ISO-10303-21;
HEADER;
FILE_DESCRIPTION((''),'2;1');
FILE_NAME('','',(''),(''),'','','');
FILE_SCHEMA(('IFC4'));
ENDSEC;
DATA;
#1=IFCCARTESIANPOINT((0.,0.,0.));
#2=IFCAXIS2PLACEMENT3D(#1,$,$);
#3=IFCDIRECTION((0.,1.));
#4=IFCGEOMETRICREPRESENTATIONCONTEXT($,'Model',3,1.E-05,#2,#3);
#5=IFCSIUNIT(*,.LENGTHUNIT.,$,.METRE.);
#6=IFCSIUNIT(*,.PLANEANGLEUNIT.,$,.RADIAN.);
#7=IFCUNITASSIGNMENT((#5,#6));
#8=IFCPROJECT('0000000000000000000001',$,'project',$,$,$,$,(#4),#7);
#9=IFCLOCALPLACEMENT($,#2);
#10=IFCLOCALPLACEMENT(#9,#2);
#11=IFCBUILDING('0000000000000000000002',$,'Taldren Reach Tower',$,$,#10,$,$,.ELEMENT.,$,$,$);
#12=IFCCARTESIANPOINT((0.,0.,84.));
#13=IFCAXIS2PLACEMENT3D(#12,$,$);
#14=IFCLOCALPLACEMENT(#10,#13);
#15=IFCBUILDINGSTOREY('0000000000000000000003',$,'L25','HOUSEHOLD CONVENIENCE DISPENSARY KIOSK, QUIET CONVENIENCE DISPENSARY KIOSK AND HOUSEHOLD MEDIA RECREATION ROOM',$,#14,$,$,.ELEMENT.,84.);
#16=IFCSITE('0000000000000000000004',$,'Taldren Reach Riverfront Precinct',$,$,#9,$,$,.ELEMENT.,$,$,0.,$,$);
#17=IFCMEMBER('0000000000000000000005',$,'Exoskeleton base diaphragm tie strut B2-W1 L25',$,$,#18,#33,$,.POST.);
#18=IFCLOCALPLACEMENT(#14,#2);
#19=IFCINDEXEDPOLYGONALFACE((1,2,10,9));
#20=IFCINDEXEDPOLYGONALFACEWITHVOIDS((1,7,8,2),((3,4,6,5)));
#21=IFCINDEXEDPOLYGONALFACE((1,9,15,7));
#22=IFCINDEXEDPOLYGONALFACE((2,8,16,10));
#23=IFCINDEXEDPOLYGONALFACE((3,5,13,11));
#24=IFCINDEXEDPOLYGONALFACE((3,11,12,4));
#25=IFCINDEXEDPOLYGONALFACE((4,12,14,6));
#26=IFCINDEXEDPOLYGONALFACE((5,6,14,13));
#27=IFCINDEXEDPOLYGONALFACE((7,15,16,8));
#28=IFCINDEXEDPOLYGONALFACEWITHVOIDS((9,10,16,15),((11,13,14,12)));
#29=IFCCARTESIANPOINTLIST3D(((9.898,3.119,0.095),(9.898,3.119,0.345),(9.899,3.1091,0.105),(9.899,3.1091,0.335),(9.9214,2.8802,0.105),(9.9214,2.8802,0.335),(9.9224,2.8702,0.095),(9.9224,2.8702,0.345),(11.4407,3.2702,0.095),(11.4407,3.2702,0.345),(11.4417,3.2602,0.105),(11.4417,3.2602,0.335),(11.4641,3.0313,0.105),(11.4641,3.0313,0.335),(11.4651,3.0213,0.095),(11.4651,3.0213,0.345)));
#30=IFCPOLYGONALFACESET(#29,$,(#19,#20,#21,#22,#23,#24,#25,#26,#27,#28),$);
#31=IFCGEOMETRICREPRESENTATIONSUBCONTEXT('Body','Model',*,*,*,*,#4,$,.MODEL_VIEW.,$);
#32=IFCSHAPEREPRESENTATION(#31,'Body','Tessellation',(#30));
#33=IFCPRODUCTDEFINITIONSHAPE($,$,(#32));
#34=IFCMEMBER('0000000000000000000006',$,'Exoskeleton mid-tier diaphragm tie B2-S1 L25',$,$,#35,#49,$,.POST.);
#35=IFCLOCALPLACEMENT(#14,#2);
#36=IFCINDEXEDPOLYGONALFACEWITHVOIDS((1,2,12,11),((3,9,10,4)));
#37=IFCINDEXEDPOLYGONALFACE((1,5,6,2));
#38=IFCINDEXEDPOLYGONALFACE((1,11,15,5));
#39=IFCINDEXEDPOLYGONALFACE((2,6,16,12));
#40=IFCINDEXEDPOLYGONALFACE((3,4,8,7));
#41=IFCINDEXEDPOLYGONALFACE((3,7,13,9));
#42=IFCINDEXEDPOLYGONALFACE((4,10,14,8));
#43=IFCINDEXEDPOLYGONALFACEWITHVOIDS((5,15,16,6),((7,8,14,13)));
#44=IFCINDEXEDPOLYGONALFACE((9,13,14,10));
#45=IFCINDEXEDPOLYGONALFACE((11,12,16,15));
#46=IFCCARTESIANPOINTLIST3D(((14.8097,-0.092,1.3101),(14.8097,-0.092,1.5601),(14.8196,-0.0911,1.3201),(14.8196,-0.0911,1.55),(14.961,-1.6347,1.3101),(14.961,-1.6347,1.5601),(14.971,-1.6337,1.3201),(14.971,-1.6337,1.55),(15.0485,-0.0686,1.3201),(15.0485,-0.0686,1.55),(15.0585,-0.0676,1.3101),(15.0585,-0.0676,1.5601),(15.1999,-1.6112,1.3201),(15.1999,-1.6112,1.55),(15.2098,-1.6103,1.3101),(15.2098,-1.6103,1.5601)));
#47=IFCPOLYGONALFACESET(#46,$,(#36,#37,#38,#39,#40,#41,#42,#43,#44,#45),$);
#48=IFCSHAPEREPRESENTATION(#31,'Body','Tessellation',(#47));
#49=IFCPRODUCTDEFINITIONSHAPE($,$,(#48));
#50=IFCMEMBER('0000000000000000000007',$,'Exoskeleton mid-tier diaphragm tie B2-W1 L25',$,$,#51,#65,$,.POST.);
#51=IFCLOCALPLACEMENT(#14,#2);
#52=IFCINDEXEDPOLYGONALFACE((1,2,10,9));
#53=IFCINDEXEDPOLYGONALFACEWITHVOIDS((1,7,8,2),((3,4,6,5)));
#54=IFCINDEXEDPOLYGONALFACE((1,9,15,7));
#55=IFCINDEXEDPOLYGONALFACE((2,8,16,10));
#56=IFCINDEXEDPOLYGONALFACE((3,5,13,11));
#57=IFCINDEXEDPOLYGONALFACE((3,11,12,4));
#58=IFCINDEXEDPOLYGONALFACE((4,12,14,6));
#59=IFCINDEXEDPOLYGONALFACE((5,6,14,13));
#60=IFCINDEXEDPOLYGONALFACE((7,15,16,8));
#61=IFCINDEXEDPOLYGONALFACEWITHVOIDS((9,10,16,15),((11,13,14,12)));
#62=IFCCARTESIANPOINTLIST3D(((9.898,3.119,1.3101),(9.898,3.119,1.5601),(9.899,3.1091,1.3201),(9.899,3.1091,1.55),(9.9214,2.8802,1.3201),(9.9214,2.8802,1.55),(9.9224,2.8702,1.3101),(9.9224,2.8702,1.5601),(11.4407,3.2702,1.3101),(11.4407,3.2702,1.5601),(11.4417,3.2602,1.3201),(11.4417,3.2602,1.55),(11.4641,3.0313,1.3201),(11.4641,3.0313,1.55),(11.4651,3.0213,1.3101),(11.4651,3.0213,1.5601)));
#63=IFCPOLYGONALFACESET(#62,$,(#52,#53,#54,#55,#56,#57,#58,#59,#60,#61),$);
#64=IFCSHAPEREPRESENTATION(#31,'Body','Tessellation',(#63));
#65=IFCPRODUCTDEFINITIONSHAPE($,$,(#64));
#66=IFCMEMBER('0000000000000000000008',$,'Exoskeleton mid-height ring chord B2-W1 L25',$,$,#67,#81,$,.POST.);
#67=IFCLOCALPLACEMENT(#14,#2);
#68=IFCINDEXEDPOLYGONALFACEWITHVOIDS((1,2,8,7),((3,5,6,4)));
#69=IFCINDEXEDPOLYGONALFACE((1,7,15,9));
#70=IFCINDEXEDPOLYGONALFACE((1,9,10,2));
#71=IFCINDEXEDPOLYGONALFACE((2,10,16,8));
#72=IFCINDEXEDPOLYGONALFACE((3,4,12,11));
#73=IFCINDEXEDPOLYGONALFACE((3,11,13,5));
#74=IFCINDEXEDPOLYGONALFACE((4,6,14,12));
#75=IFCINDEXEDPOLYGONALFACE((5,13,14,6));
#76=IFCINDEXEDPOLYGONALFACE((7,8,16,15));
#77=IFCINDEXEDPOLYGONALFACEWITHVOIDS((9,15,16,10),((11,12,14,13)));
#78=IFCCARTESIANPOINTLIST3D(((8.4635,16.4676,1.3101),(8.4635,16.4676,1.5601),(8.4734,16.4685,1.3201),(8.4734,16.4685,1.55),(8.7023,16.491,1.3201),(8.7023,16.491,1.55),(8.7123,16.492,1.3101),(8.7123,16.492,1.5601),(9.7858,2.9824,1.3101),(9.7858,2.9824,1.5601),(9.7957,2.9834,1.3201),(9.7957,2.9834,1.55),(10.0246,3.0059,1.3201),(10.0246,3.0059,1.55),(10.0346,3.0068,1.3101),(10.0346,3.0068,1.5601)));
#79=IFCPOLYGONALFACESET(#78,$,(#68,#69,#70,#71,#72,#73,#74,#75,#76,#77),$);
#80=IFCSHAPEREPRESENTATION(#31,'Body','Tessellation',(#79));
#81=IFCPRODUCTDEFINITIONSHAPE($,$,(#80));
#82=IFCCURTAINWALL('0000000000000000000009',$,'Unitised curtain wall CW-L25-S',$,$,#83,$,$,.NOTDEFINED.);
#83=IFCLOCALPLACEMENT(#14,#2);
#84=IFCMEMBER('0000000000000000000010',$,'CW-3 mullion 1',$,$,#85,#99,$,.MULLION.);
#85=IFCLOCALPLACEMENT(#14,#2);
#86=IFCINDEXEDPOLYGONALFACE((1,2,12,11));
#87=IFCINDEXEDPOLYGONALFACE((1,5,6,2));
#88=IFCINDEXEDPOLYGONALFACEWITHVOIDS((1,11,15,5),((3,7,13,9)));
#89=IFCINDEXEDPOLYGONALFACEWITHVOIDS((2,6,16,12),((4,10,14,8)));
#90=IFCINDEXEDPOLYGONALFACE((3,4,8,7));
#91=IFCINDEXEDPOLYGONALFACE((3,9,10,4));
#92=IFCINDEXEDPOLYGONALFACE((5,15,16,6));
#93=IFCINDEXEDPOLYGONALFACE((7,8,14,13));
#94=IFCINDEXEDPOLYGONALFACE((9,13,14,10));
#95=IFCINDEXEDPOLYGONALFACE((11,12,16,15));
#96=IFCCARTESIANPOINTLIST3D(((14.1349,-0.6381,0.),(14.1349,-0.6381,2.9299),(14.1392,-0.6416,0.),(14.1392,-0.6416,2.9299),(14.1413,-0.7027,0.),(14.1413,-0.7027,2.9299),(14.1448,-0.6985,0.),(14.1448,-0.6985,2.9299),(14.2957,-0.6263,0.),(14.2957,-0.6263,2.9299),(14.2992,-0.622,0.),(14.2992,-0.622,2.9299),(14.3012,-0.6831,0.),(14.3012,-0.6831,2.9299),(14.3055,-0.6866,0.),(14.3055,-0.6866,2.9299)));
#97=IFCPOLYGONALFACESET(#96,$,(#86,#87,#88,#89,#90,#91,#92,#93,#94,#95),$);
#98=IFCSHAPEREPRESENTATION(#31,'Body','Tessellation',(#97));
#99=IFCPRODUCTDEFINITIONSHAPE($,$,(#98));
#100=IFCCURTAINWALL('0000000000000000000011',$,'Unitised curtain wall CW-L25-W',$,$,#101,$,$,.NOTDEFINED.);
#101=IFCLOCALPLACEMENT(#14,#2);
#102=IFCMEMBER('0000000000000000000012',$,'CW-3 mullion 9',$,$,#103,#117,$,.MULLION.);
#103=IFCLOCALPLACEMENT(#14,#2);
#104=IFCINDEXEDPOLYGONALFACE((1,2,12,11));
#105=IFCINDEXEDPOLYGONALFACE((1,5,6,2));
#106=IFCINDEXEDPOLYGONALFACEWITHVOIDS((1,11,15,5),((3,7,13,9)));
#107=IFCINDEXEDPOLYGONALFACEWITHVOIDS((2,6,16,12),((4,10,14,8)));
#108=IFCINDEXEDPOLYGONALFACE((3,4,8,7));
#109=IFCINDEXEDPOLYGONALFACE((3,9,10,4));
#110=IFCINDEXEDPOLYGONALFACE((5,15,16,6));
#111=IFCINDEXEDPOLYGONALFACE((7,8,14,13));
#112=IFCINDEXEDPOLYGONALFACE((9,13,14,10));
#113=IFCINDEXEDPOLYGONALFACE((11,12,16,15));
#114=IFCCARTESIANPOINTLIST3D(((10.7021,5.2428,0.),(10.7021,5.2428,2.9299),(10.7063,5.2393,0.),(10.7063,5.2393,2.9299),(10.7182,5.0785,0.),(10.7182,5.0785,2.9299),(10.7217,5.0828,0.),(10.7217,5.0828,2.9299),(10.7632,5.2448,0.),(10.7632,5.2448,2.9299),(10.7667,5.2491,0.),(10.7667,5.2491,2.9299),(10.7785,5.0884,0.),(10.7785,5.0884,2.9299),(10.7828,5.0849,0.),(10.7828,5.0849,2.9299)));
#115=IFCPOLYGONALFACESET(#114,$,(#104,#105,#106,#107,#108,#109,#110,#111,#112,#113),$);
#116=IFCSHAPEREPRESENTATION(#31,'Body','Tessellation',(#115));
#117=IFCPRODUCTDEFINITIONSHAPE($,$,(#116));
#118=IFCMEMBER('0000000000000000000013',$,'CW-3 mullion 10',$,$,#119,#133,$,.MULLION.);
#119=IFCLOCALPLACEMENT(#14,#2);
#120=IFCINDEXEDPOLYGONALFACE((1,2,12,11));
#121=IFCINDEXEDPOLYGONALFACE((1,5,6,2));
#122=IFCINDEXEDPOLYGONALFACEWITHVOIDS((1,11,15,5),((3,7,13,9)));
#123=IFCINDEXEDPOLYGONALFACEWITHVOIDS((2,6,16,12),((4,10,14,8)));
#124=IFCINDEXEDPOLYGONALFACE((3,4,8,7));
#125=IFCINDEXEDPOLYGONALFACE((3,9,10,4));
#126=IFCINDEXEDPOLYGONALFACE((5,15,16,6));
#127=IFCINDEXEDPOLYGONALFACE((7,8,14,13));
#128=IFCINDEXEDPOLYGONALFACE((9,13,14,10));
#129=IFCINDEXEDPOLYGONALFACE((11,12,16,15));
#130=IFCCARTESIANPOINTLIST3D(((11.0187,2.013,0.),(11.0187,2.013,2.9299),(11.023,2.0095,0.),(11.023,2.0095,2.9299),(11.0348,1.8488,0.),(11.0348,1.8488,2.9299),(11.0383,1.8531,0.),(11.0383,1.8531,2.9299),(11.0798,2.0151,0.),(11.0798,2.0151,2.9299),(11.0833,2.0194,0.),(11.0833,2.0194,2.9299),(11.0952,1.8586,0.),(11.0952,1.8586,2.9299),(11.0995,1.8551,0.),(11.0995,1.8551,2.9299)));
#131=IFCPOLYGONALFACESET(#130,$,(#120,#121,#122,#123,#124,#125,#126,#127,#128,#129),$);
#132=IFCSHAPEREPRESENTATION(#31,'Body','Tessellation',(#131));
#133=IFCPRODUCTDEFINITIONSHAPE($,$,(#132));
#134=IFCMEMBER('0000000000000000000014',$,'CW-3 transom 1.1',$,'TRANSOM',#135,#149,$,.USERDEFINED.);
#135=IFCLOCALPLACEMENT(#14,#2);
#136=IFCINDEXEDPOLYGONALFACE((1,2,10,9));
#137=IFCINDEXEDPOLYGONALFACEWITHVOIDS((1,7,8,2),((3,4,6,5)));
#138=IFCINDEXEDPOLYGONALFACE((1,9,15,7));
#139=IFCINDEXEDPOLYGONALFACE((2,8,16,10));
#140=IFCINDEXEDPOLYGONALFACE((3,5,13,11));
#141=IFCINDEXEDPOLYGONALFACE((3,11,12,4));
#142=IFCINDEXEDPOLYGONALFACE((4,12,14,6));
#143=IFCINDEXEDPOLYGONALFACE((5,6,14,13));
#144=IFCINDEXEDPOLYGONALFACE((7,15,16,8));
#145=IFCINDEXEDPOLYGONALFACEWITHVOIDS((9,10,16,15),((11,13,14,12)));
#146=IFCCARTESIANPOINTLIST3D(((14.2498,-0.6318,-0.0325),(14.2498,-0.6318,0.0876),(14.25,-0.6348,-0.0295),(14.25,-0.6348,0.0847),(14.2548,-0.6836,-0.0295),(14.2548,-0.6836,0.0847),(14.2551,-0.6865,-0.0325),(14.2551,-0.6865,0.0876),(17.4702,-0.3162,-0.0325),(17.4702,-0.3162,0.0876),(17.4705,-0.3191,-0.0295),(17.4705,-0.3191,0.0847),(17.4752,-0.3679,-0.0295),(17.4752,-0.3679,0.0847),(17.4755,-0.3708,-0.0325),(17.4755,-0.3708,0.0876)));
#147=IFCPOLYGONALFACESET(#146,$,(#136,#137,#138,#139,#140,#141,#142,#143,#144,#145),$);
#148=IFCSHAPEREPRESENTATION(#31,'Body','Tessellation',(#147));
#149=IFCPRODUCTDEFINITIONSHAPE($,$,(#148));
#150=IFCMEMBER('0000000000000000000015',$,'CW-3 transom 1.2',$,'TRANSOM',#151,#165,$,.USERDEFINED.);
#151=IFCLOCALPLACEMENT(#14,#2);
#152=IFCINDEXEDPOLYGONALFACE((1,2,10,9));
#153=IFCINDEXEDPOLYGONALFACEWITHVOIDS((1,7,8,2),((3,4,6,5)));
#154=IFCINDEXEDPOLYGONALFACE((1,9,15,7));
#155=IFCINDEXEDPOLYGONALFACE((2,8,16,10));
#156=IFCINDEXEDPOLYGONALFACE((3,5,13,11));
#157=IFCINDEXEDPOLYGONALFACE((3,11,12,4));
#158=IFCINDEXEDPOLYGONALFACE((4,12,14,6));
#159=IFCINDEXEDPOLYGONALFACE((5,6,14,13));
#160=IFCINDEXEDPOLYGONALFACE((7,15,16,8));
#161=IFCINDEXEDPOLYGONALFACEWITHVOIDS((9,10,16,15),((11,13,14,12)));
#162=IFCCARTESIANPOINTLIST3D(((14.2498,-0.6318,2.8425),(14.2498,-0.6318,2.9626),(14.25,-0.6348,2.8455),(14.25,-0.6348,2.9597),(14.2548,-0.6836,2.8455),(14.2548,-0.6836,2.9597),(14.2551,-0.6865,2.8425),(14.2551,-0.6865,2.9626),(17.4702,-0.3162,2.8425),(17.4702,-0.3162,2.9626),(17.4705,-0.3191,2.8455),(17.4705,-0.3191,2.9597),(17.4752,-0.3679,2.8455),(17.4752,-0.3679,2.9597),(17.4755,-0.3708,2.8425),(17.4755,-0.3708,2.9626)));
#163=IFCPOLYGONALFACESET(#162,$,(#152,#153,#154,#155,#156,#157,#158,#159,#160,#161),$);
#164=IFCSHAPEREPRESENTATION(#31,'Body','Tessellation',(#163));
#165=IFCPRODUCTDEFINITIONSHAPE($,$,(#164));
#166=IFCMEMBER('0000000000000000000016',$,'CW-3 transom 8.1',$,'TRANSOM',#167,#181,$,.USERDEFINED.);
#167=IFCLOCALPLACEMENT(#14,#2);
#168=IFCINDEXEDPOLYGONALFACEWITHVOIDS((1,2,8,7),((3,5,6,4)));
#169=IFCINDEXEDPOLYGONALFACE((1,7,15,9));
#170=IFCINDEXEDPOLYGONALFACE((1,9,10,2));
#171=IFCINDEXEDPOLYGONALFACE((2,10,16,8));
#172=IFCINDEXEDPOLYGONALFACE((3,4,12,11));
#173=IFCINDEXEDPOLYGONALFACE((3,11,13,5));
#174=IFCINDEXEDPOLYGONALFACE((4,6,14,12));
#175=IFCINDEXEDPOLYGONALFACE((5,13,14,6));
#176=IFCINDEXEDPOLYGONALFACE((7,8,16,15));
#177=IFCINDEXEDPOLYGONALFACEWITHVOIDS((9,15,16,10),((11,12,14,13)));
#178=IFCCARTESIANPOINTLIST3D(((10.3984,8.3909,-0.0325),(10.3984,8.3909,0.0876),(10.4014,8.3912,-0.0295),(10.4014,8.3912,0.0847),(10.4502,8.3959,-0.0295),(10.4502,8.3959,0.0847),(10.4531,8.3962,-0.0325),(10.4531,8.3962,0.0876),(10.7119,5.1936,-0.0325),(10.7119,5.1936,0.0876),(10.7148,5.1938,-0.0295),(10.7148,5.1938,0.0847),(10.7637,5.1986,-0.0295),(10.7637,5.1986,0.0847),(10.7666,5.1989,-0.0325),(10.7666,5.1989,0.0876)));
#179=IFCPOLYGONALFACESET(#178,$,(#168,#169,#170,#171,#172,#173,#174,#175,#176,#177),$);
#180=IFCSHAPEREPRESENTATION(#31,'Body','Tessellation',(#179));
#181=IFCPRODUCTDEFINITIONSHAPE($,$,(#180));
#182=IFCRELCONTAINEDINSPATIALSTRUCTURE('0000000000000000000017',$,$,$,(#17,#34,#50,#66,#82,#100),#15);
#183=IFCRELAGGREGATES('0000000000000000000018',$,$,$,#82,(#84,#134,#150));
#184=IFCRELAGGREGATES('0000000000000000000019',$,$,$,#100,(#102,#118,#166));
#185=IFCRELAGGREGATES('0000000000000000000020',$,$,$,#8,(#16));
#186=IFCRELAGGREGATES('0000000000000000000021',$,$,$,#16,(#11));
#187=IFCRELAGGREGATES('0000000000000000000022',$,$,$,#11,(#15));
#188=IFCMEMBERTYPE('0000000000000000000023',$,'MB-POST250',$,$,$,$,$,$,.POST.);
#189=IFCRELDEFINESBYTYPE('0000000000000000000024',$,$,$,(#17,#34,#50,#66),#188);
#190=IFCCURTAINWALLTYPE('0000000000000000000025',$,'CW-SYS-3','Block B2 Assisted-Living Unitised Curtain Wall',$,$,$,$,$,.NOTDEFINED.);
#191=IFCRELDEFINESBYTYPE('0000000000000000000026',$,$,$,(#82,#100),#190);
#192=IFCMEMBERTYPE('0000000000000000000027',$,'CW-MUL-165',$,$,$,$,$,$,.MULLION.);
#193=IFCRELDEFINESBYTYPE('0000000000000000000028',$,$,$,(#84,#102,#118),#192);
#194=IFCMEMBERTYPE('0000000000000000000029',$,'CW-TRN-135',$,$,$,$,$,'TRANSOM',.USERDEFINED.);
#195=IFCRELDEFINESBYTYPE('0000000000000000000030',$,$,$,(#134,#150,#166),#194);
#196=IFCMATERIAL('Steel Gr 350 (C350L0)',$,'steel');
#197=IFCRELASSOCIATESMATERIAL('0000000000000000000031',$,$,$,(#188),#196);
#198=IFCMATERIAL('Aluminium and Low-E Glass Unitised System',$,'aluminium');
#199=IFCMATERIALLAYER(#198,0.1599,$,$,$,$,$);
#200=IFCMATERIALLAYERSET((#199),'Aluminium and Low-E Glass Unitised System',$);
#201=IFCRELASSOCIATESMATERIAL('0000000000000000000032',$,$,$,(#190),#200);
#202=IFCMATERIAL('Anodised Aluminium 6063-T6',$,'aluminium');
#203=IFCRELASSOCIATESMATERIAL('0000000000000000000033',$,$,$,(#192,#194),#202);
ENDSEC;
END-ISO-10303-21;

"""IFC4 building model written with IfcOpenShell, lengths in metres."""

from ifc_helpers import new_model, si_unit, direction, frame, origin, origin_2d, place, context, subcontext, project, spatial, hollow_rectangle, extrude, source, transform, mapped, material, layer, layer_set, material_profile, profile_set, type_object, element, aggregate, save


model = new_model("IFC4")

# Units and contexts
model_context = context("Model", 3, precision=1e-05, world=origin(), true_north=direction((0.0, 1.0)))
body_context = subcontext(model_context, "Body", "Model", "MODEL_VIEW")
ifc_project = project(units=[si_unit("LENGTHUNIT", "METRE"), si_unit("PLANEANGLEUNIT", "RADIAN")], contexts=[model_context])

# Site, building, storey
site_placement = place(None, origin())
site = spatial("IfcSite", under=ifc_project, at=site_placement, Name="Taldren Reach Riverfront Precinct", CompositionType="ELEMENT", RefElevation=0.0)
building_placement = place(site_placement, origin())
building = spatial("IfcBuilding", under=site, at=building_placement, Name="Taldren Reach Tower", CompositionType="ELEMENT")
storey_placement = place(building_placement, frame((0.0, 0.0, 84.0)))
storey = spatial("IfcBuildingStorey", under=building, at=storey_placement, Name="L25", Description="HOUSEHOLD CONVENIENCE DISPENSARY KIOSK, QUIET CONVENIENCE DISPENSARY KIOSK AND HOUSEHOLD MEDIA RECREATION ROOM", CompositionType="ELEMENT", Elevation=84.0)

# Members
ifc_material_1 = material(Name="Steel Gr 350 (C350L0)", Category="steel")
ifc_material_profile_1 = material_profile(ifc_material_1, hollow_rectangle(XDim=0.25, YDim=0.25, WallThickness=0.01, at=origin_2d()), Name="250x250x10.0SHS")
ifc_profile_set_1 = profile_set([ifc_material_profile_1], Name="Steel Gr 350 (C350L0)")
member_type_1 = type_object("IfcMemberType", Name="MB-POST250", PredefinedType="POST", material=ifc_profile_set_1)
shared_shape_1 = source(origin(), body_context, "Body", "SweptSolid", [
    extrude(hollow_rectangle(XDim=0.25, YDim=0.25, WallThickness=0.01, at=origin_2d()), origin(), (0.0, 0.0, 1.0), 1.55),
])
for number, where, z_axis, x_axis, name in (
    (1, (11.4529, 3.1458, 0.22), (-0.995236, -0.097492, 0.0), (0.097492, -0.995236, 0.0), "Exoskeleton base diaphragm tie strut B2-W1 L25"),
    (2, (14.9341, -0.0798, 1.4351), (0.097648, -0.995221, 0.0), (0.995221, 0.097648, 0.0), "Exoskeleton mid-tier diaphragm tie B2-S1 L25"),
    (3, (11.4529, 3.1458, 1.4351), (-0.995236, -0.097492, 0.0), (0.097492, -0.995236, 0.0), "Exoskeleton mid-tier diaphragm tie B2-W1 L25"),
):
    element("IfcMember", number, at=place(storey_placement, frame(where, z_axis=z_axis, x_axis=x_axis)), inside=storey, type_object=member_type_1, Name=name, PredefinedType="POST", context=body_context, shape_type="MappedRepresentation", body=[
        mapped(shared_shape_1, transform((0.0, 0.0, 0.0), scale=1.0)),
    ])
shared_shape_2 = source(origin(), body_context, "Body", "SweptSolid", [
    extrude(hollow_rectangle(XDim=0.25, YDim=0.25, WallThickness=0.01, at=origin_2d()), origin(), (0.0, 0.0, 1.0), 13.5498),
])
member_1_placement = place(storey_placement, frame((9.9102, 2.9946, 1.4351), z_axis=(-0.097586, 0.995227, 0.0), x_axis=(-0.995227, -0.097586, 0.0)))
element("IfcMember", 4, at=member_1_placement, inside=storey, type_object=member_type_1, Name="Exoskeleton mid-height ring chord B2-W1 L25", PredefinedType="POST", context=body_context, shape_type="MappedRepresentation", body=[
    mapped(shared_shape_2, transform((0.0, 0.0, 0.0), scale=1.0)),
])

# Curtain wall, member
ifc_material_2 = material(Name="Aluminium and Low-E Glass Unitised System", Category="aluminium")
ifc_layer_1 = layer(ifc_material_2, 0.1599)
ifc_layer_set_1 = layer_set([ifc_layer_1], Name="Aluminium and Low-E Glass Unitised System")
curtain_wall_type = type_object("IfcCurtainWallType", Name="CW-SYS-3", Description="Block B2 Assisted-Living Unitised Curtain Wall", PredefinedType="NOTDEFINED", material=ifc_layer_set_1)
curtain_wall_1_placement = place(storey_placement, origin())
curtain_wall_1 = element("IfcCurtainWall", 5, at=curtain_wall_1_placement, inside=storey, type_object=curtain_wall_type, Name="Unitised curtain wall CW-L25-S", PredefinedType="NOTDEFINED")
ifc_material_3 = material(Name="Anodised Aluminium 6063-T6", Category="aluminium")
ifc_material_profile_2 = material_profile(ifc_material_3, hollow_rectangle(XDim=0.0649, YDim=0.165, WallThickness=0.0039, at=origin_2d()), Name="ALU-165x65x4RHS")
ifc_profile_set_2 = profile_set([ifc_material_profile_2], Name="Anodised Aluminium 6063-T6")
member_type_2 = type_object("IfcMemberType", Name="CW-MUL-165", PredefinedType="MULLION", material=ifc_profile_set_2)
shared_shape_3 = source(origin(), body_context, "Body", "SweptSolid", [
    extrude(hollow_rectangle(XDim=0.0649, YDim=0.165, WallThickness=0.0039, at=origin_2d()), origin(), (0.0, 0.0, 1.0), 2.9299),
])
member_2_placement = place(storey_placement, frame((14.2202, -0.6624, 0.0), z_axis=(0.0, 0.0, 1.0), x_axis=(-0.097583, 0.995227, 0.0)))
member_2 = element("IfcMember", 6, at=member_2_placement, type_object=member_type_2, Name="CW-3 mullion 1", PredefinedType="MULLION", context=body_context, shape_type="MappedRepresentation", body=[
    mapped(shared_shape_3, transform((0.0, 0.0, 0.0), scale=1.0)),
])

# Curtain wall, members
curtain_wall_2_placement = place(storey_placement, origin())
curtain_wall_2 = element("IfcCurtainWall", 7, at=curtain_wall_2_placement, inside=storey, type_object=curtain_wall_type, Name="Unitised curtain wall CW-L25-W", PredefinedType="NOTDEFINED")
member_3_placement = place(storey_placement, frame((10.7424, 5.1638, 0.0), z_axis=(0.0, 0.0, 1.0), x_axis=(0.995227, 0.097583, 0.0)))
member_3 = element("IfcMember", 8, at=member_3_placement, type_object=member_type_2, Name="CW-3 mullion 9", PredefinedType="MULLION", context=body_context, shape_type="MappedRepresentation", body=[
    mapped(shared_shape_3, transform((0.0, 0.0, 0.0), scale=1.0)),
])
member_4_placement = place(storey_placement, frame((11.0591, 1.9341, 0.0), z_axis=(0.0, 0.0, 1.0), x_axis=(0.995227, 0.097583, 0.0)))
member_4 = element("IfcMember", 9, at=member_4_placement, type_object=member_type_2, Name="CW-3 mullion 10", PredefinedType="MULLION", context=body_context, shape_type="MappedRepresentation", body=[
    mapped(shared_shape_3, transform((0.0, 0.0, 0.0), scale=1.0)),
])

# Members
ifc_material_profile_3 = material_profile(ifc_material_3, hollow_rectangle(XDim=0.0549, YDim=0.1201, WallThickness=0.0029, at=origin_2d()), Name="ALU-120x55x3RHS")
ifc_profile_set_3 = profile_set([ifc_material_profile_3], Name="Anodised Aluminium 6063-T6")
member_type_3 = type_object("IfcMemberType", Name="CW-TRN-135", ElementType="TRANSOM", PredefinedType="USERDEFINED", material=ifc_profile_set_3)
shared_shape_4 = source(origin(), body_context, "Body", "SweptSolid", [
    extrude(hollow_rectangle(XDim=0.0549, YDim=0.1201, WallThickness=0.0029, at=origin_2d()), origin(), (0.0, 0.0, 1.0), 3.2358),
])
member_5_placement = place(storey_placement, frame((14.2524, -0.6592, 0.0276), z_axis=(0.99523, 0.097554, 0.0), x_axis=(-0.097554, 0.99523, 0.0)))
member_5 = element("IfcMember", 10, at=member_5_placement, type_object=member_type_3, Name="CW-3 transom 1.1", ObjectType="TRANSOM", PredefinedType="USERDEFINED", context=body_context, shape_type="MappedRepresentation", body=[
    mapped(shared_shape_4, transform((0.0, 0.0, 0.0), scale=1.0)),
])
member_6_placement = place(storey_placement, frame((14.2524, -0.6592, 2.9026), z_axis=(0.99523, 0.097554, 0.0), x_axis=(-0.097554, 0.99523, 0.0)))
member_6 = element("IfcMember", 11, at=member_6_placement, type_object=member_type_3, Name="CW-3 transom 1.2", ObjectType="TRANSOM", PredefinedType="USERDEFINED", context=body_context, shape_type="MappedRepresentation", body=[
    mapped(shared_shape_4, transform((0.0, 0.0, 0.0), scale=1.0)),
])
aggregate(curtain_wall_1, [member_2, member_5, member_6])
shared_shape_5 = source(origin(), body_context, "Body", "SweptSolid", [
    extrude(hollow_rectangle(XDim=0.0549, YDim=0.1201, WallThickness=0.0029, at=origin_2d()), origin(), (0.0, 0.0, 1.0), 3.2126),
])
member_7_placement = place(storey_placement, frame((10.4258, 8.3936, 0.0276), z_axis=(0.097577, -0.995228, 0.0), x_axis=(0.995228, 0.097577, 0.0)))
member_7 = element("IfcMember", 12, at=member_7_placement, type_object=member_type_3, Name="CW-3 transom 8.1", ObjectType="TRANSOM", PredefinedType="USERDEFINED", context=body_context, shape_type="MappedRepresentation", body=[
    mapped(shared_shape_5, transform((0.0, 0.0, 0.0), scale=1.0)),
])

aggregate(curtain_wall_2, [member_3, member_4, member_7])

save(model, "model.ifc")
